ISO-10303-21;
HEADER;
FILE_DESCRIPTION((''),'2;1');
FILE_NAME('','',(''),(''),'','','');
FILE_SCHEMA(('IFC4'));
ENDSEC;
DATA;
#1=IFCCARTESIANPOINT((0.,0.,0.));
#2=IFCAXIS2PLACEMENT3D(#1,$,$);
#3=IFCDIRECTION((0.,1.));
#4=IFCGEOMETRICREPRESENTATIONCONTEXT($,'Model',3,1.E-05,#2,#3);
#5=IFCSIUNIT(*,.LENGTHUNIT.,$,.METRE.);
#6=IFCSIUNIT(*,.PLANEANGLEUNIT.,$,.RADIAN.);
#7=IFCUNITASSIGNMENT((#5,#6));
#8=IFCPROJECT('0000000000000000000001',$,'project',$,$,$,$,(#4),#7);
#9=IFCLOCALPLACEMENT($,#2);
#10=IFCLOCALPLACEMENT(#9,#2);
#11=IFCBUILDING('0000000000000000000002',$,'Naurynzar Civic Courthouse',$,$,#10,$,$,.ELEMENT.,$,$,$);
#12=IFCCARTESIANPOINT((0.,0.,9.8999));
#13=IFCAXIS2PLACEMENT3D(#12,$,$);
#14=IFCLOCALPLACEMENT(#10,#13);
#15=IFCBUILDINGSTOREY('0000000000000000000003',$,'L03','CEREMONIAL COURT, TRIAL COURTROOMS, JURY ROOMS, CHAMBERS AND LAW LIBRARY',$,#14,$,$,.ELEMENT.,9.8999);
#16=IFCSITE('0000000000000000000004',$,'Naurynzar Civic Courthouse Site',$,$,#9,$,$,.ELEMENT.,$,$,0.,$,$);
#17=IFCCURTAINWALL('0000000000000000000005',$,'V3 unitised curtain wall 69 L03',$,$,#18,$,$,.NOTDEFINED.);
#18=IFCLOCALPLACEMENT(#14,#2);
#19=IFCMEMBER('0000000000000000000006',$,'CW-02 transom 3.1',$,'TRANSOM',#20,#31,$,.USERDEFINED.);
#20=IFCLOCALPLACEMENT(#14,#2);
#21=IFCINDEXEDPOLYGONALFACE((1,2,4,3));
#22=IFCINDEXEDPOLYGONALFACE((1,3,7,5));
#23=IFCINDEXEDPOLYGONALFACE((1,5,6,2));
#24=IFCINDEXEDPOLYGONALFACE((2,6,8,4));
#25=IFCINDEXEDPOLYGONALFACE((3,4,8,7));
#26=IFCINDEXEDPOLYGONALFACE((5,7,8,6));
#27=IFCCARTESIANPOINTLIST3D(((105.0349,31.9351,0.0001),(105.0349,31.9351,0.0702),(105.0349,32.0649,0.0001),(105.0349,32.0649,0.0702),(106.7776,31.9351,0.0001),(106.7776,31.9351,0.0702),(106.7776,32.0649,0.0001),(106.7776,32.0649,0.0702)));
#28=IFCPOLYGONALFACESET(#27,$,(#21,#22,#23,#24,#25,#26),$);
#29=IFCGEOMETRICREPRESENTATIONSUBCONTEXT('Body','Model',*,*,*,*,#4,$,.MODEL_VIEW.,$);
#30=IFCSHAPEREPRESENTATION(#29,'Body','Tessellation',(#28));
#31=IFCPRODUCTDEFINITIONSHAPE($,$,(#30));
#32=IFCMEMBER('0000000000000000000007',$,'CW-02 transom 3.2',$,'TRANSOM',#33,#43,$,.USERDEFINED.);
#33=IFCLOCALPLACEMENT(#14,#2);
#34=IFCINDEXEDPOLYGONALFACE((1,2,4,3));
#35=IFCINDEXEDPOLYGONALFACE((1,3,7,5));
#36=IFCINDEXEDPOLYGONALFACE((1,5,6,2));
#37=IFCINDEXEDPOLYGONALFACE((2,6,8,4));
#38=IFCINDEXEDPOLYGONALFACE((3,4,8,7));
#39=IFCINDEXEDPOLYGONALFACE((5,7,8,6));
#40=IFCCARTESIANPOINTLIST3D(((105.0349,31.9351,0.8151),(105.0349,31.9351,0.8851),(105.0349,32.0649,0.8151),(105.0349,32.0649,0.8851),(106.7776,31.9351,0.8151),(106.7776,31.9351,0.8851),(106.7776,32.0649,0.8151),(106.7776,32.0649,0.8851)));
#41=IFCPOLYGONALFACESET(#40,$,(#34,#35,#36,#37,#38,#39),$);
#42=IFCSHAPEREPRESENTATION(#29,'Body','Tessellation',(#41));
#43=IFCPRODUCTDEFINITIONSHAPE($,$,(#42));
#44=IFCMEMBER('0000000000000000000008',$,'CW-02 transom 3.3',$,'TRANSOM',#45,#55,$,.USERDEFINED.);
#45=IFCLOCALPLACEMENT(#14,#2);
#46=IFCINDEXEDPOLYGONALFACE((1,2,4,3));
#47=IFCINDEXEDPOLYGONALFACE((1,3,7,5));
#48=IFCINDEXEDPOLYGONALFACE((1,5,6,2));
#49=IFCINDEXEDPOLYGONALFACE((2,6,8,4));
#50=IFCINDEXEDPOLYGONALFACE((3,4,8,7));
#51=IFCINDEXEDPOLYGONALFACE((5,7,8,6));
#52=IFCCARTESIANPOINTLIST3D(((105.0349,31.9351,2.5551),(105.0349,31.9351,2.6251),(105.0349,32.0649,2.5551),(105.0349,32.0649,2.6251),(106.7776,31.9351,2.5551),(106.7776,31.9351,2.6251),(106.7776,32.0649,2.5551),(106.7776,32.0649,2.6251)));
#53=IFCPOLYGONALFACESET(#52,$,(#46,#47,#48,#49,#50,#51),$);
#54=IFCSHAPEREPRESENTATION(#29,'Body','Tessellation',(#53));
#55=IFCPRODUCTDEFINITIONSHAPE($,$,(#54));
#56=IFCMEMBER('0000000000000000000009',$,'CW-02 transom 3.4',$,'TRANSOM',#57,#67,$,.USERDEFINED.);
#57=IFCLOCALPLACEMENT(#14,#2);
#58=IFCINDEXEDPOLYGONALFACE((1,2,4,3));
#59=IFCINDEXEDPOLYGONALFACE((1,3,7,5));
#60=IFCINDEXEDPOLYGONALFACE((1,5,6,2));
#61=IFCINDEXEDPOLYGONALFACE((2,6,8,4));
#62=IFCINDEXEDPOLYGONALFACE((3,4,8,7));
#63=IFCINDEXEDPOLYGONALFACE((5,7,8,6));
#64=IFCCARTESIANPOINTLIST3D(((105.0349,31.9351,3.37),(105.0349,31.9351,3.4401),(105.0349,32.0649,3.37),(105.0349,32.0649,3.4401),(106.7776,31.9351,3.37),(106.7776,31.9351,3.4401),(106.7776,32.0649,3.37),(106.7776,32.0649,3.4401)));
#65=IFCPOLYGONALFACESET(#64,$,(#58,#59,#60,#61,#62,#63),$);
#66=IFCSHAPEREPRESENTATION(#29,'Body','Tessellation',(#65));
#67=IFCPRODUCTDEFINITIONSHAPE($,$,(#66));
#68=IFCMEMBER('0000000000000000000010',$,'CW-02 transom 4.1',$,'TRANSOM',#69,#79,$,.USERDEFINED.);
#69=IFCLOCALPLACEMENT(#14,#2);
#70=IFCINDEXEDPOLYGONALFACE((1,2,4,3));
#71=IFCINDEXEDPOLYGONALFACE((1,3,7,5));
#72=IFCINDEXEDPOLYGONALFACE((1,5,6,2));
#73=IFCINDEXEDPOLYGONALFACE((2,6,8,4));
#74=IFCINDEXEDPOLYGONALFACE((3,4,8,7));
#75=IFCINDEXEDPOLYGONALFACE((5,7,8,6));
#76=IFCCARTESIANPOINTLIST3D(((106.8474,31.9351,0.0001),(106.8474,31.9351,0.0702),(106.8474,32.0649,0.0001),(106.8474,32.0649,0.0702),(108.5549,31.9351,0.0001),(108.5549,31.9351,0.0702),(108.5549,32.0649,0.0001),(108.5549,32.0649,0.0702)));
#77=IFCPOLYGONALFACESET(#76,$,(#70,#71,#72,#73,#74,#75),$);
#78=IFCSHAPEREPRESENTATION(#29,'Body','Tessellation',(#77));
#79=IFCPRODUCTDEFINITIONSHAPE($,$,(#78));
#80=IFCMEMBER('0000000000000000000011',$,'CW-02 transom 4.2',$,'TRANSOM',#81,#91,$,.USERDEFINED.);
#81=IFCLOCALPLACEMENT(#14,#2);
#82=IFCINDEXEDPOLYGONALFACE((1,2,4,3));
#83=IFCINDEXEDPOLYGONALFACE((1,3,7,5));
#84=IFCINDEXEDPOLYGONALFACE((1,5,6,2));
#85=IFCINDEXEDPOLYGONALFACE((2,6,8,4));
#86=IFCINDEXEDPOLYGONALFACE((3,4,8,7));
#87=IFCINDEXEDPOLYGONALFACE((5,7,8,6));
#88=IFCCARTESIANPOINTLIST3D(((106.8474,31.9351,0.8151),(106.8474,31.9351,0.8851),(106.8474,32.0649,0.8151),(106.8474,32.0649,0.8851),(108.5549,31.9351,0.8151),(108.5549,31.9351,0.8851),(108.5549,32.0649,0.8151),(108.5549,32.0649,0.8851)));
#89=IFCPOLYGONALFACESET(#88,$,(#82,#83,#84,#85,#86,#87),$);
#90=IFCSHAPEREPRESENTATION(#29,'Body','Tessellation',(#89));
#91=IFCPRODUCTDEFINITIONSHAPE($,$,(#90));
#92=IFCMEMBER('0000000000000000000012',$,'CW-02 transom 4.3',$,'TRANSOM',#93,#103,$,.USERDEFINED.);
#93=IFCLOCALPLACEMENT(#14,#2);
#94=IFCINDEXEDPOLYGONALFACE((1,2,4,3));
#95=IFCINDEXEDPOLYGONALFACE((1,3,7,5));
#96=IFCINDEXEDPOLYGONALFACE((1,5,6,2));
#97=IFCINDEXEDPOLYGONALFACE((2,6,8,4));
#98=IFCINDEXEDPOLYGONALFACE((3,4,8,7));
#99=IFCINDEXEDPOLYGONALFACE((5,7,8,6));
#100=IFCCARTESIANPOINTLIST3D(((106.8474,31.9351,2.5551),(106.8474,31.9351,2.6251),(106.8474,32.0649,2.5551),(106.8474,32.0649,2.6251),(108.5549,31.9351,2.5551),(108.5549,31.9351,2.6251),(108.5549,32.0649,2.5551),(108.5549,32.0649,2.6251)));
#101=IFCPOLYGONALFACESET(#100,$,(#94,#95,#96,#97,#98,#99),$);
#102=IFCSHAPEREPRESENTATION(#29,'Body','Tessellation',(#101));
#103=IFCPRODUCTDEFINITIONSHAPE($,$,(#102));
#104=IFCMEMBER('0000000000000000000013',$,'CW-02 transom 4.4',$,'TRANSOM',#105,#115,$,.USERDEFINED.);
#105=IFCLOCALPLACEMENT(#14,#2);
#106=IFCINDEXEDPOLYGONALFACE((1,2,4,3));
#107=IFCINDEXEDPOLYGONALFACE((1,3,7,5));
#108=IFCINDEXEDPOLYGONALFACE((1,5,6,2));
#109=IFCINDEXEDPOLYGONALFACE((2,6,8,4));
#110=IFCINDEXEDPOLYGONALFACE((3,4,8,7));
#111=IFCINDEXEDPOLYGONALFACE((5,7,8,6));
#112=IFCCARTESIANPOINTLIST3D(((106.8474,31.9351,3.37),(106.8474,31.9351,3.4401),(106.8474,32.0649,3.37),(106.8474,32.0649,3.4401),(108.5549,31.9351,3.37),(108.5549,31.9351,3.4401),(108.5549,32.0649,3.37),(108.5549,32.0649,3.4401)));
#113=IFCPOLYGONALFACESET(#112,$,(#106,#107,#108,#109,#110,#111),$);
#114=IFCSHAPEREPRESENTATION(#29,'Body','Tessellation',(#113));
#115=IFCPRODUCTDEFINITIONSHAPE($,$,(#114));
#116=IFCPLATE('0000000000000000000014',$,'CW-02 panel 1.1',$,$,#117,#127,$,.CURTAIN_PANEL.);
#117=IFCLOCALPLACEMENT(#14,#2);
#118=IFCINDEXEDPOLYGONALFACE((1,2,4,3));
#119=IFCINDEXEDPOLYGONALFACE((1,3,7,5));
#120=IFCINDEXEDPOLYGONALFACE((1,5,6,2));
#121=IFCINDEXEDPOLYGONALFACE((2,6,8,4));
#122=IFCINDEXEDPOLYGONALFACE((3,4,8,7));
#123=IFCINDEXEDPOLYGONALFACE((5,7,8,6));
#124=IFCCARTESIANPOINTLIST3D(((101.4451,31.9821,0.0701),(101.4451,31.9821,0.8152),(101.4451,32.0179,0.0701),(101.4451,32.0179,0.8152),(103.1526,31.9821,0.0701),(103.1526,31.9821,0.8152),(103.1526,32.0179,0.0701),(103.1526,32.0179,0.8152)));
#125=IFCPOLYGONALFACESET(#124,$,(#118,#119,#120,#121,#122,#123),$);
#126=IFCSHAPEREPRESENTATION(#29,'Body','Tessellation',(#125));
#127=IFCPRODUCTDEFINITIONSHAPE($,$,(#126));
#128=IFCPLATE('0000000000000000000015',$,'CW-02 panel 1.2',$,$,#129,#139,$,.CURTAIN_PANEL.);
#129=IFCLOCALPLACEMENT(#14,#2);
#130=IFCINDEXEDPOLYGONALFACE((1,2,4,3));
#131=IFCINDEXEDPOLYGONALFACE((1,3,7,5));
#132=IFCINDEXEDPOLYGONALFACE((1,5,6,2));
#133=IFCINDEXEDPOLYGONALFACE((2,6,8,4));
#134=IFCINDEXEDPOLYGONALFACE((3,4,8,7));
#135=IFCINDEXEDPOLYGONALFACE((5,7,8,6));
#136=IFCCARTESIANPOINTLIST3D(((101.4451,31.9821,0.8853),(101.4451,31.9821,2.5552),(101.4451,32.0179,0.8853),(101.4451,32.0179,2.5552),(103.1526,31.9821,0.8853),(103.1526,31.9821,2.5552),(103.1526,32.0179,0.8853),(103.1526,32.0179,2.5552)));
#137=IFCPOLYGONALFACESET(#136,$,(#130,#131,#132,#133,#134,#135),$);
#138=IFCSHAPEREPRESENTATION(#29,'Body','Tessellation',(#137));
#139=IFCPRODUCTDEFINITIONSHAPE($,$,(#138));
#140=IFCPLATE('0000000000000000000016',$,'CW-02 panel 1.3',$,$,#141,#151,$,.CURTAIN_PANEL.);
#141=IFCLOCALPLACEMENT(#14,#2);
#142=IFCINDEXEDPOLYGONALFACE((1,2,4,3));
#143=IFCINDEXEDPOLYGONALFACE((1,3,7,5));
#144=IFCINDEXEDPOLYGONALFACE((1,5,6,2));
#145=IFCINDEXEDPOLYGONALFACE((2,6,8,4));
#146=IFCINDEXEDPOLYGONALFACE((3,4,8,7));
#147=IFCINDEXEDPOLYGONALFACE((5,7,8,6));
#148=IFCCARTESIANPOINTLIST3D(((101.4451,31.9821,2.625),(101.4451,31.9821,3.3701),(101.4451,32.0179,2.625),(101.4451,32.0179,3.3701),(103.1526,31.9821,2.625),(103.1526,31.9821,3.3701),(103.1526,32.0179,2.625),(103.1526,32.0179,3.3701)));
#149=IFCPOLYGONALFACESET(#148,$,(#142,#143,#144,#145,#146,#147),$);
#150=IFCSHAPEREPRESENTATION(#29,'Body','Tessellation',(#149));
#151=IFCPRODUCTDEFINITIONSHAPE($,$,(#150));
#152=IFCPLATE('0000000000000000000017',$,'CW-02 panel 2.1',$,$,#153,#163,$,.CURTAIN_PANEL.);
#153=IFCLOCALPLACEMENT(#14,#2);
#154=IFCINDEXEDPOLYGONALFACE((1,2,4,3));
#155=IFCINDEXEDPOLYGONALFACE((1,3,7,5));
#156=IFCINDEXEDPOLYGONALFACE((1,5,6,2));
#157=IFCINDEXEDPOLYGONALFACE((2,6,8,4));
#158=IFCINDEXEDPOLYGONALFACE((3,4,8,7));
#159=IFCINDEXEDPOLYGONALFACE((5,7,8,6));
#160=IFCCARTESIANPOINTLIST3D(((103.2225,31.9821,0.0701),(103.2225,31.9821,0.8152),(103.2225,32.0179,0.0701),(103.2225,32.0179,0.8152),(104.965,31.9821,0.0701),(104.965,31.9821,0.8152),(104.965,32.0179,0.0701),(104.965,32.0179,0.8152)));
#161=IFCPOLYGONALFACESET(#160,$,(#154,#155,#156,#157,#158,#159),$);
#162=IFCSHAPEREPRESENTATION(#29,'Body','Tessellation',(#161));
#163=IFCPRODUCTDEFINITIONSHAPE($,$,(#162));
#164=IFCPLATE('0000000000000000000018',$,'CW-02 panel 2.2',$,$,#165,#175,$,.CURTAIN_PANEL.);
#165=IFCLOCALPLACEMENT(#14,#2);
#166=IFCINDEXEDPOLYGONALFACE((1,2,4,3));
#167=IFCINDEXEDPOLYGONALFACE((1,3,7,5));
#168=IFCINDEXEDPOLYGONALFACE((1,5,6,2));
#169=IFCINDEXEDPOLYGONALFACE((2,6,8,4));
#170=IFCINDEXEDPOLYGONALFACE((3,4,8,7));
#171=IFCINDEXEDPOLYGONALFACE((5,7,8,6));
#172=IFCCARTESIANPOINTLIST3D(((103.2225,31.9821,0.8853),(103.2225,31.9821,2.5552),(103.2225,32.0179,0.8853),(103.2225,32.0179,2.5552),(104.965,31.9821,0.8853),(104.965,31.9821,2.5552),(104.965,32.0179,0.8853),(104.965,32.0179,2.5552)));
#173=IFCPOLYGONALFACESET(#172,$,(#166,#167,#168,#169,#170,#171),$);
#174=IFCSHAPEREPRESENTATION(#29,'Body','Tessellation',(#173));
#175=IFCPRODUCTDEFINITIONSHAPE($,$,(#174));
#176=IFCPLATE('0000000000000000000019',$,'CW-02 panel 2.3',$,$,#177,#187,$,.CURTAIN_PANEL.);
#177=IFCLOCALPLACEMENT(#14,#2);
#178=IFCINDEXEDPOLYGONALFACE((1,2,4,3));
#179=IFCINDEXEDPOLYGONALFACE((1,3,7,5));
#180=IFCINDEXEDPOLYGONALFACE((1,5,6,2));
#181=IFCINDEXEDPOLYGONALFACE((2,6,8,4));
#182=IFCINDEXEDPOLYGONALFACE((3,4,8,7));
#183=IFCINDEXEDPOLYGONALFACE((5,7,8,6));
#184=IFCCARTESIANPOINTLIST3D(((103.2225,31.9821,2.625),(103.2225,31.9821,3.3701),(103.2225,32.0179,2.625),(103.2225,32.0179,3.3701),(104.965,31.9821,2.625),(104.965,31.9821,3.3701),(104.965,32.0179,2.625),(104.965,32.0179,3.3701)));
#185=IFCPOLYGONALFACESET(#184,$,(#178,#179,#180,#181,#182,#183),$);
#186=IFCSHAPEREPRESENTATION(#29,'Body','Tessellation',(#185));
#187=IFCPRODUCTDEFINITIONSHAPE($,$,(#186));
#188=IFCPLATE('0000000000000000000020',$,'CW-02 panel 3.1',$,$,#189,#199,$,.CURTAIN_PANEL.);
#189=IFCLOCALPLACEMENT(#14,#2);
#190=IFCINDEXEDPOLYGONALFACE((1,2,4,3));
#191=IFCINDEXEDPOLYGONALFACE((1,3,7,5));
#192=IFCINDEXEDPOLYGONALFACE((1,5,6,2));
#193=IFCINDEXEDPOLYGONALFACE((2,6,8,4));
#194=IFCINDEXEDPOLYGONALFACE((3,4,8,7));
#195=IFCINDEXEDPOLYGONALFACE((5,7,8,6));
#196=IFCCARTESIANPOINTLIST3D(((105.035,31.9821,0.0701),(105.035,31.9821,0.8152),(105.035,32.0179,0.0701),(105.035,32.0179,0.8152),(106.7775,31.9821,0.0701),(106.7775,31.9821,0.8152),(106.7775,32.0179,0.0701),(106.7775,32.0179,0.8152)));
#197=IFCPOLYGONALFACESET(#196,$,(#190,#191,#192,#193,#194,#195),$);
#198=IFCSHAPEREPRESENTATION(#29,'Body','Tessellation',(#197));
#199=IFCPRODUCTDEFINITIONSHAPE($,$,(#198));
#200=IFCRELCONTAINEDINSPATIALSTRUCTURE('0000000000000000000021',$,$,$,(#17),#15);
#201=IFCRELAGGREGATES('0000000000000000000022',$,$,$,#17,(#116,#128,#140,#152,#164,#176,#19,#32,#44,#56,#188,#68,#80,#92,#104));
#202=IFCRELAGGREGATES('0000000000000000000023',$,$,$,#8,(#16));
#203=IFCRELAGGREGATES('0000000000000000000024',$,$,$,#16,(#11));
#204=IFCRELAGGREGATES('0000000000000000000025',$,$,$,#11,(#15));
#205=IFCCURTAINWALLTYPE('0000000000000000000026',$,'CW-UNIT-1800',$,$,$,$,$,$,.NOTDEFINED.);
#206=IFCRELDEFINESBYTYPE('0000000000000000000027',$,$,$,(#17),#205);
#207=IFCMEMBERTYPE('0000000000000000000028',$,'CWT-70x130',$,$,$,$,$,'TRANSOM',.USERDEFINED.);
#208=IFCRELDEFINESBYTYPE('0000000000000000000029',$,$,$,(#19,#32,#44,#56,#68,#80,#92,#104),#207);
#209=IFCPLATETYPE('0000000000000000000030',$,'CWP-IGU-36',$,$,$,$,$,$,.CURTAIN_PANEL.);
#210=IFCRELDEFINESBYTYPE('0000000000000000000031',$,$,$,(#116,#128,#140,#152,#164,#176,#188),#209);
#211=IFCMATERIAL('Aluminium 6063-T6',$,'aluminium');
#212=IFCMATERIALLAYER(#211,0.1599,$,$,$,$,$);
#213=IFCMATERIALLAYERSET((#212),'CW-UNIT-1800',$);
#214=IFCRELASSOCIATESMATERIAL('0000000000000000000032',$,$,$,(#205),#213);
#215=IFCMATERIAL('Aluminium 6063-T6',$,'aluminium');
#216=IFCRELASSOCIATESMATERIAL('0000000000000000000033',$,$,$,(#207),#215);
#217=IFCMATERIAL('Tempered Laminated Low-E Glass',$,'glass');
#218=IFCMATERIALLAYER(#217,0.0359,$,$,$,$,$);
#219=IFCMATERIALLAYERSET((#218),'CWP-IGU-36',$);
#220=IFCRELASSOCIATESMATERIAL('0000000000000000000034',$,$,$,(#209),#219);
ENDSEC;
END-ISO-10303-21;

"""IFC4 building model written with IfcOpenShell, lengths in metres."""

from ifc_helpers import new_model, si_unit, direction, frame, origin, origin_2d, place, context, subcontext, project, spatial, rectangle, extrude, material, layer, layer_set, material_profile, profile_set, type_object, element, aggregate, save


model = new_model("IFC4")

# Units and contexts
model_context = context("Model", 3, precision=1e-05, world=origin(), true_north=direction((0.0, 1.0)))
body_context = subcontext(model_context, "Body", "Model", "MODEL_VIEW")
ifc_project = project(units=[si_unit("LENGTHUNIT", "METRE"), si_unit("PLANEANGLEUNIT", "RADIAN")], contexts=[model_context])

# Site, building, storey
site_placement = place(None, origin())
site = spatial("IfcSite", under=ifc_project, at=site_placement, Name="Naurynzar Civic Courthouse Site", CompositionType="ELEMENT", RefElevation=0.0)
building_placement = place(site_placement, origin())
building = spatial("IfcBuilding", under=site, at=building_placement, Name="Naurynzar Civic Courthouse", CompositionType="ELEMENT")
storey_placement = place(building_placement, frame((0.0, 0.0, 9.8999)))
storey = spatial("IfcBuildingStorey", under=building, at=storey_placement, Name="L03", Description="CEREMONIAL COURT, TRIAL COURTROOMS, JURY ROOMS, CHAMBERS AND LAW LIBRARY", CompositionType="ELEMENT", Elevation=9.8999)

# Curtain wall, members, plates
ifc_material_1 = material(Name="Aluminium 6063-T6", Category="aluminium")
ifc_layer_1 = layer(ifc_material_1, 0.1599)
ifc_layer_set_1 = layer_set([ifc_layer_1], Name="CW-UNIT-1800")
curtain_wall_type = type_object("IfcCurtainWallType", Name="CW-UNIT-1800", PredefinedType="NOTDEFINED", material=ifc_layer_set_1)
curtain_wall_placement = place(storey_placement, origin())
curtain_wall = element("IfcCurtainWall", 1, at=curtain_wall_placement, inside=storey, type_object=curtain_wall_type, Name="V3 unitised curtain wall 69 L03", PredefinedType="NOTDEFINED")
ifc_material_2 = material(Name="Aluminium 6063-T6", Category="aluminium")
ifc_material_profile_1 = material_profile(ifc_material_2, rectangle(XDim=0.1299, YDim=0.0701, at=origin_2d()), Name="ALU TRANSOM 70x130")
ifc_profile_set_1 = profile_set([ifc_material_profile_1], Name="Aluminium 6063-T6")
member_type_1 = type_object("IfcMemberType", Name="CWT-70x130", ElementType="TRANSOM", PredefinedType="USERDEFINED", material=ifc_profile_set_1)
member_1_placement = place(storey_placement, frame((105.0349, 32.0, 0.0352), z_axis=(1.0, 0.0, 0.0), x_axis=(0.0, 1.0, 0.0)))
member_1 = element("IfcMember", 2, at=member_1_placement, type_object=member_type_1, Name="CW-02 transom 3.1", ObjectType="TRANSOM", PredefinedType="USERDEFINED", context=body_context, shape_type="SweptSolid", body=[
    extrude(rectangle(XDim=0.1299, YDim=0.0701, at=origin_2d()), origin(), (0.0, 0.0, 1.0), 1.7427),
])
member_2_placement = place(storey_placement, frame((105.0349, 32.0, 0.8501), z_axis=(1.0, 0.0, 0.0), x_axis=(0.0, 1.0, 0.0)))
member_2 = element("IfcMember", 3, at=member_2_placement, type_object=member_type_1, Name="CW-02 transom 3.2", ObjectType="TRANSOM", PredefinedType="USERDEFINED", context=body_context, shape_type="SweptSolid", body=[
    extrude(rectangle(XDim=0.1299, YDim=0.0701, at=origin_2d()), origin(), (0.0, 0.0, 1.0), 1.7427),
])
member_3_placement = place(storey_placement, frame((105.0349, 32.0, 2.5901), z_axis=(1.0, 0.0, 0.0), x_axis=(0.0, 1.0, 0.0)))
member_3 = element("IfcMember", 4, at=member_3_placement, type_object=member_type_1, Name="CW-02 transom 3.3", ObjectType="TRANSOM", PredefinedType="USERDEFINED", context=body_context, shape_type="SweptSolid", body=[
    extrude(rectangle(XDim=0.1299, YDim=0.0701, at=origin_2d()), origin(), (0.0, 0.0, 1.0), 1.7427),
])
member_4_placement = place(storey_placement, frame((105.0349, 32.0, 3.405), z_axis=(1.0, 0.0, 0.0), x_axis=(0.0, 1.0, 0.0)))
member_4 = element("IfcMember", 5, at=member_4_placement, type_object=member_type_1, Name="CW-02 transom 3.4", ObjectType="TRANSOM", PredefinedType="USERDEFINED", context=body_context, shape_type="SweptSolid", body=[
    extrude(rectangle(XDim=0.1299, YDim=0.0701, at=origin_2d()), origin(), (0.0, 0.0, 1.0), 1.7427),
])
member_5_placement = place(storey_placement, frame((106.8474, 32.0, 0.0352), z_axis=(1.0, 0.0, 0.0), x_axis=(0.0, 1.0, 0.0)))
member_5 = element("IfcMember", 6, at=member_5_placement, type_object=member_type_1, Name="CW-02 transom 4.1", ObjectType="TRANSOM", PredefinedType="USERDEFINED", context=body_context, shape_type="SweptSolid", body=[
    extrude(rectangle(XDim=0.1299, YDim=0.0701, at=origin_2d()), origin(), (0.0, 0.0, 1.0), 1.7075),
])
member_6_placement = place(storey_placement, frame((106.8474, 32.0, 0.8501), z_axis=(1.0, 0.0, 0.0), x_axis=(0.0, 1.0, 0.0)))
member_6 = element("IfcMember", 7, at=member_6_placement, type_object=member_type_1, Name="CW-02 transom 4.2", ObjectType="TRANSOM", PredefinedType="USERDEFINED", context=body_context, shape_type="SweptSolid", body=[
    extrude(rectangle(XDim=0.1299, YDim=0.0701, at=origin_2d()), origin(), (0.0, 0.0, 1.0), 1.7075),
])
member_7_placement = place(storey_placement, frame((106.8474, 32.0, 2.5901), z_axis=(1.0, 0.0, 0.0), x_axis=(0.0, 1.0, 0.0)))
member_7 = element("IfcMember", 8, at=member_7_placement, type_object=member_type_1, Name="CW-02 transom 4.3", ObjectType="TRANSOM", PredefinedType="USERDEFINED", context=body_context, shape_type="SweptSolid", body=[
    extrude(rectangle(XDim=0.1299, YDim=0.0701, at=origin_2d()), origin(), (0.0, 0.0, 1.0), 1.7075),
])
member_8_placement = place(storey_placement, frame((106.8474, 32.0, 3.405), z_axis=(1.0, 0.0, 0.0), x_axis=(0.0, 1.0, 0.0)))
member_8 = element("IfcMember", 9, at=member_8_placement, type_object=member_type_1, Name="CW-02 transom 4.4", ObjectType="TRANSOM", PredefinedType="USERDEFINED", context=body_context, shape_type="SweptSolid", body=[
    extrude(rectangle(XDim=0.1299, YDim=0.0701, at=origin_2d()), origin(), (0.0, 0.0, 1.0), 1.7075),
])
ifc_material_3 = material(Name="Tempered Laminated Low-E Glass", Category="glass")
ifc_layer_2 = layer(ifc_material_3, 0.0359)
ifc_layer_set_2 = layer_set([ifc_layer_2], Name="CWP-IGU-36")
plate_type = type_object("IfcPlateType", Name="CWP-IGU-36", PredefinedType="CURTAIN_PANEL", material=ifc_layer_set_2)
plate_1_placement = place(storey_placement, frame((102.2988, 32.0, 0.0701), z_axis=(0.0, 0.0, 1.0), x_axis=(1.0, 0.0, 0.0)))
plate_1 = element("IfcPlate", 10, at=plate_1_placement, type_object=plate_type, Name="CW-02 panel 1.1", PredefinedType="CURTAIN_PANEL", context=body_context, shape_type="SweptSolid", body=[
    extrude(rectangle(XDim=1.7075, YDim=0.0359, at=origin_2d()), origin(), (0.0, 0.0, 1.0), 0.7451),
])
plate_2_placement = place(storey_placement, frame((102.2988, 32.0, 0.8853), z_axis=(0.0, 0.0, 1.0), x_axis=(1.0, 0.0, 0.0)))
plate_2 = element("IfcPlate", 11, at=plate_2_placement, type_object=plate_type, Name="CW-02 panel 1.2", PredefinedType="CURTAIN_PANEL", context=body_context, shape_type="SweptSolid", body=[
    extrude(rectangle(XDim=1.7075, YDim=0.0359, at=origin_2d()), origin(), (0.0, 0.0, 1.0), 1.6699),
])
plate_3_placement = place(storey_placement, frame((102.2988, 32.0, 2.625), z_axis=(0.0, 0.0, 1.0), x_axis=(1.0, 0.0, 0.0)))
plate_3 = element("IfcPlate", 12, at=plate_3_placement, type_object=plate_type, Name="CW-02 panel 1.3", PredefinedType="CURTAIN_PANEL", context=body_context, shape_type="SweptSolid", body=[
    extrude(rectangle(XDim=1.7075, YDim=0.0359, at=origin_2d()), origin(), (0.0, 0.0, 1.0), 0.7451),
])
plate_4_placement = place(storey_placement, frame((104.0938, 32.0, 0.0701), z_axis=(0.0, 0.0, 1.0), x_axis=(1.0, 0.0, 0.0)))
plate_4 = element("IfcPlate", 13, at=plate_4_placement, type_object=plate_type, Name="CW-02 panel 2.1", PredefinedType="CURTAIN_PANEL", context=body_context, shape_type="SweptSolid", body=[
    extrude(rectangle(XDim=1.7424, YDim=0.0359, at=origin_2d()), origin(), (0.0, 0.0, 1.0), 0.7451),
])
plate_5_placement = place(storey_placement, frame((104.0938, 32.0, 0.8853), z_axis=(0.0, 0.0, 1.0), x_axis=(1.0, 0.0, 0.0)))
plate_5 = element("IfcPlate", 14, at=plate_5_placement, type_object=plate_type, Name="CW-02 panel 2.2", PredefinedType="CURTAIN_PANEL", context=body_context, shape_type="SweptSolid", body=[
    extrude(rectangle(XDim=1.7424, YDim=0.0359, at=origin_2d()), origin(), (0.0, 0.0, 1.0), 1.6699),
])
plate_6_placement = place(storey_placement, frame((104.0938, 32.0, 2.625), z_axis=(0.0, 0.0, 1.0), x_axis=(1.0, 0.0, 0.0)))
plate_6 = element("IfcPlate", 15, at=plate_6_placement, type_object=plate_type, Name="CW-02 panel 2.3", PredefinedType="CURTAIN_PANEL", context=body_context, shape_type="SweptSolid", body=[
    extrude(rectangle(XDim=1.7424, YDim=0.0359, at=origin_2d()), origin(), (0.0, 0.0, 1.0), 0.7451),
])
plate_7_placement = place(storey_placement, frame((105.9062, 32.0, 0.0701), z_axis=(0.0, 0.0, 1.0), x_axis=(1.0, 0.0, 0.0)))
plate_7 = element("IfcPlate", 16, at=plate_7_placement, type_object=plate_type, Name="CW-02 panel 3.1", PredefinedType="CURTAIN_PANEL", context=body_context, shape_type="SweptSolid", body=[
    extrude(rectangle(XDim=1.7424, YDim=0.0359, at=origin_2d()), origin(), (0.0, 0.0, 1.0), 0.7451),
])
aggregate(curtain_wall, [plate_1, plate_2, plate_3, plate_4, plate_5, plate_6, member_1, member_2, member_3, member_4, plate_7, member_5, member_6, member_7, member_8])

save(model, "model.ifc")
